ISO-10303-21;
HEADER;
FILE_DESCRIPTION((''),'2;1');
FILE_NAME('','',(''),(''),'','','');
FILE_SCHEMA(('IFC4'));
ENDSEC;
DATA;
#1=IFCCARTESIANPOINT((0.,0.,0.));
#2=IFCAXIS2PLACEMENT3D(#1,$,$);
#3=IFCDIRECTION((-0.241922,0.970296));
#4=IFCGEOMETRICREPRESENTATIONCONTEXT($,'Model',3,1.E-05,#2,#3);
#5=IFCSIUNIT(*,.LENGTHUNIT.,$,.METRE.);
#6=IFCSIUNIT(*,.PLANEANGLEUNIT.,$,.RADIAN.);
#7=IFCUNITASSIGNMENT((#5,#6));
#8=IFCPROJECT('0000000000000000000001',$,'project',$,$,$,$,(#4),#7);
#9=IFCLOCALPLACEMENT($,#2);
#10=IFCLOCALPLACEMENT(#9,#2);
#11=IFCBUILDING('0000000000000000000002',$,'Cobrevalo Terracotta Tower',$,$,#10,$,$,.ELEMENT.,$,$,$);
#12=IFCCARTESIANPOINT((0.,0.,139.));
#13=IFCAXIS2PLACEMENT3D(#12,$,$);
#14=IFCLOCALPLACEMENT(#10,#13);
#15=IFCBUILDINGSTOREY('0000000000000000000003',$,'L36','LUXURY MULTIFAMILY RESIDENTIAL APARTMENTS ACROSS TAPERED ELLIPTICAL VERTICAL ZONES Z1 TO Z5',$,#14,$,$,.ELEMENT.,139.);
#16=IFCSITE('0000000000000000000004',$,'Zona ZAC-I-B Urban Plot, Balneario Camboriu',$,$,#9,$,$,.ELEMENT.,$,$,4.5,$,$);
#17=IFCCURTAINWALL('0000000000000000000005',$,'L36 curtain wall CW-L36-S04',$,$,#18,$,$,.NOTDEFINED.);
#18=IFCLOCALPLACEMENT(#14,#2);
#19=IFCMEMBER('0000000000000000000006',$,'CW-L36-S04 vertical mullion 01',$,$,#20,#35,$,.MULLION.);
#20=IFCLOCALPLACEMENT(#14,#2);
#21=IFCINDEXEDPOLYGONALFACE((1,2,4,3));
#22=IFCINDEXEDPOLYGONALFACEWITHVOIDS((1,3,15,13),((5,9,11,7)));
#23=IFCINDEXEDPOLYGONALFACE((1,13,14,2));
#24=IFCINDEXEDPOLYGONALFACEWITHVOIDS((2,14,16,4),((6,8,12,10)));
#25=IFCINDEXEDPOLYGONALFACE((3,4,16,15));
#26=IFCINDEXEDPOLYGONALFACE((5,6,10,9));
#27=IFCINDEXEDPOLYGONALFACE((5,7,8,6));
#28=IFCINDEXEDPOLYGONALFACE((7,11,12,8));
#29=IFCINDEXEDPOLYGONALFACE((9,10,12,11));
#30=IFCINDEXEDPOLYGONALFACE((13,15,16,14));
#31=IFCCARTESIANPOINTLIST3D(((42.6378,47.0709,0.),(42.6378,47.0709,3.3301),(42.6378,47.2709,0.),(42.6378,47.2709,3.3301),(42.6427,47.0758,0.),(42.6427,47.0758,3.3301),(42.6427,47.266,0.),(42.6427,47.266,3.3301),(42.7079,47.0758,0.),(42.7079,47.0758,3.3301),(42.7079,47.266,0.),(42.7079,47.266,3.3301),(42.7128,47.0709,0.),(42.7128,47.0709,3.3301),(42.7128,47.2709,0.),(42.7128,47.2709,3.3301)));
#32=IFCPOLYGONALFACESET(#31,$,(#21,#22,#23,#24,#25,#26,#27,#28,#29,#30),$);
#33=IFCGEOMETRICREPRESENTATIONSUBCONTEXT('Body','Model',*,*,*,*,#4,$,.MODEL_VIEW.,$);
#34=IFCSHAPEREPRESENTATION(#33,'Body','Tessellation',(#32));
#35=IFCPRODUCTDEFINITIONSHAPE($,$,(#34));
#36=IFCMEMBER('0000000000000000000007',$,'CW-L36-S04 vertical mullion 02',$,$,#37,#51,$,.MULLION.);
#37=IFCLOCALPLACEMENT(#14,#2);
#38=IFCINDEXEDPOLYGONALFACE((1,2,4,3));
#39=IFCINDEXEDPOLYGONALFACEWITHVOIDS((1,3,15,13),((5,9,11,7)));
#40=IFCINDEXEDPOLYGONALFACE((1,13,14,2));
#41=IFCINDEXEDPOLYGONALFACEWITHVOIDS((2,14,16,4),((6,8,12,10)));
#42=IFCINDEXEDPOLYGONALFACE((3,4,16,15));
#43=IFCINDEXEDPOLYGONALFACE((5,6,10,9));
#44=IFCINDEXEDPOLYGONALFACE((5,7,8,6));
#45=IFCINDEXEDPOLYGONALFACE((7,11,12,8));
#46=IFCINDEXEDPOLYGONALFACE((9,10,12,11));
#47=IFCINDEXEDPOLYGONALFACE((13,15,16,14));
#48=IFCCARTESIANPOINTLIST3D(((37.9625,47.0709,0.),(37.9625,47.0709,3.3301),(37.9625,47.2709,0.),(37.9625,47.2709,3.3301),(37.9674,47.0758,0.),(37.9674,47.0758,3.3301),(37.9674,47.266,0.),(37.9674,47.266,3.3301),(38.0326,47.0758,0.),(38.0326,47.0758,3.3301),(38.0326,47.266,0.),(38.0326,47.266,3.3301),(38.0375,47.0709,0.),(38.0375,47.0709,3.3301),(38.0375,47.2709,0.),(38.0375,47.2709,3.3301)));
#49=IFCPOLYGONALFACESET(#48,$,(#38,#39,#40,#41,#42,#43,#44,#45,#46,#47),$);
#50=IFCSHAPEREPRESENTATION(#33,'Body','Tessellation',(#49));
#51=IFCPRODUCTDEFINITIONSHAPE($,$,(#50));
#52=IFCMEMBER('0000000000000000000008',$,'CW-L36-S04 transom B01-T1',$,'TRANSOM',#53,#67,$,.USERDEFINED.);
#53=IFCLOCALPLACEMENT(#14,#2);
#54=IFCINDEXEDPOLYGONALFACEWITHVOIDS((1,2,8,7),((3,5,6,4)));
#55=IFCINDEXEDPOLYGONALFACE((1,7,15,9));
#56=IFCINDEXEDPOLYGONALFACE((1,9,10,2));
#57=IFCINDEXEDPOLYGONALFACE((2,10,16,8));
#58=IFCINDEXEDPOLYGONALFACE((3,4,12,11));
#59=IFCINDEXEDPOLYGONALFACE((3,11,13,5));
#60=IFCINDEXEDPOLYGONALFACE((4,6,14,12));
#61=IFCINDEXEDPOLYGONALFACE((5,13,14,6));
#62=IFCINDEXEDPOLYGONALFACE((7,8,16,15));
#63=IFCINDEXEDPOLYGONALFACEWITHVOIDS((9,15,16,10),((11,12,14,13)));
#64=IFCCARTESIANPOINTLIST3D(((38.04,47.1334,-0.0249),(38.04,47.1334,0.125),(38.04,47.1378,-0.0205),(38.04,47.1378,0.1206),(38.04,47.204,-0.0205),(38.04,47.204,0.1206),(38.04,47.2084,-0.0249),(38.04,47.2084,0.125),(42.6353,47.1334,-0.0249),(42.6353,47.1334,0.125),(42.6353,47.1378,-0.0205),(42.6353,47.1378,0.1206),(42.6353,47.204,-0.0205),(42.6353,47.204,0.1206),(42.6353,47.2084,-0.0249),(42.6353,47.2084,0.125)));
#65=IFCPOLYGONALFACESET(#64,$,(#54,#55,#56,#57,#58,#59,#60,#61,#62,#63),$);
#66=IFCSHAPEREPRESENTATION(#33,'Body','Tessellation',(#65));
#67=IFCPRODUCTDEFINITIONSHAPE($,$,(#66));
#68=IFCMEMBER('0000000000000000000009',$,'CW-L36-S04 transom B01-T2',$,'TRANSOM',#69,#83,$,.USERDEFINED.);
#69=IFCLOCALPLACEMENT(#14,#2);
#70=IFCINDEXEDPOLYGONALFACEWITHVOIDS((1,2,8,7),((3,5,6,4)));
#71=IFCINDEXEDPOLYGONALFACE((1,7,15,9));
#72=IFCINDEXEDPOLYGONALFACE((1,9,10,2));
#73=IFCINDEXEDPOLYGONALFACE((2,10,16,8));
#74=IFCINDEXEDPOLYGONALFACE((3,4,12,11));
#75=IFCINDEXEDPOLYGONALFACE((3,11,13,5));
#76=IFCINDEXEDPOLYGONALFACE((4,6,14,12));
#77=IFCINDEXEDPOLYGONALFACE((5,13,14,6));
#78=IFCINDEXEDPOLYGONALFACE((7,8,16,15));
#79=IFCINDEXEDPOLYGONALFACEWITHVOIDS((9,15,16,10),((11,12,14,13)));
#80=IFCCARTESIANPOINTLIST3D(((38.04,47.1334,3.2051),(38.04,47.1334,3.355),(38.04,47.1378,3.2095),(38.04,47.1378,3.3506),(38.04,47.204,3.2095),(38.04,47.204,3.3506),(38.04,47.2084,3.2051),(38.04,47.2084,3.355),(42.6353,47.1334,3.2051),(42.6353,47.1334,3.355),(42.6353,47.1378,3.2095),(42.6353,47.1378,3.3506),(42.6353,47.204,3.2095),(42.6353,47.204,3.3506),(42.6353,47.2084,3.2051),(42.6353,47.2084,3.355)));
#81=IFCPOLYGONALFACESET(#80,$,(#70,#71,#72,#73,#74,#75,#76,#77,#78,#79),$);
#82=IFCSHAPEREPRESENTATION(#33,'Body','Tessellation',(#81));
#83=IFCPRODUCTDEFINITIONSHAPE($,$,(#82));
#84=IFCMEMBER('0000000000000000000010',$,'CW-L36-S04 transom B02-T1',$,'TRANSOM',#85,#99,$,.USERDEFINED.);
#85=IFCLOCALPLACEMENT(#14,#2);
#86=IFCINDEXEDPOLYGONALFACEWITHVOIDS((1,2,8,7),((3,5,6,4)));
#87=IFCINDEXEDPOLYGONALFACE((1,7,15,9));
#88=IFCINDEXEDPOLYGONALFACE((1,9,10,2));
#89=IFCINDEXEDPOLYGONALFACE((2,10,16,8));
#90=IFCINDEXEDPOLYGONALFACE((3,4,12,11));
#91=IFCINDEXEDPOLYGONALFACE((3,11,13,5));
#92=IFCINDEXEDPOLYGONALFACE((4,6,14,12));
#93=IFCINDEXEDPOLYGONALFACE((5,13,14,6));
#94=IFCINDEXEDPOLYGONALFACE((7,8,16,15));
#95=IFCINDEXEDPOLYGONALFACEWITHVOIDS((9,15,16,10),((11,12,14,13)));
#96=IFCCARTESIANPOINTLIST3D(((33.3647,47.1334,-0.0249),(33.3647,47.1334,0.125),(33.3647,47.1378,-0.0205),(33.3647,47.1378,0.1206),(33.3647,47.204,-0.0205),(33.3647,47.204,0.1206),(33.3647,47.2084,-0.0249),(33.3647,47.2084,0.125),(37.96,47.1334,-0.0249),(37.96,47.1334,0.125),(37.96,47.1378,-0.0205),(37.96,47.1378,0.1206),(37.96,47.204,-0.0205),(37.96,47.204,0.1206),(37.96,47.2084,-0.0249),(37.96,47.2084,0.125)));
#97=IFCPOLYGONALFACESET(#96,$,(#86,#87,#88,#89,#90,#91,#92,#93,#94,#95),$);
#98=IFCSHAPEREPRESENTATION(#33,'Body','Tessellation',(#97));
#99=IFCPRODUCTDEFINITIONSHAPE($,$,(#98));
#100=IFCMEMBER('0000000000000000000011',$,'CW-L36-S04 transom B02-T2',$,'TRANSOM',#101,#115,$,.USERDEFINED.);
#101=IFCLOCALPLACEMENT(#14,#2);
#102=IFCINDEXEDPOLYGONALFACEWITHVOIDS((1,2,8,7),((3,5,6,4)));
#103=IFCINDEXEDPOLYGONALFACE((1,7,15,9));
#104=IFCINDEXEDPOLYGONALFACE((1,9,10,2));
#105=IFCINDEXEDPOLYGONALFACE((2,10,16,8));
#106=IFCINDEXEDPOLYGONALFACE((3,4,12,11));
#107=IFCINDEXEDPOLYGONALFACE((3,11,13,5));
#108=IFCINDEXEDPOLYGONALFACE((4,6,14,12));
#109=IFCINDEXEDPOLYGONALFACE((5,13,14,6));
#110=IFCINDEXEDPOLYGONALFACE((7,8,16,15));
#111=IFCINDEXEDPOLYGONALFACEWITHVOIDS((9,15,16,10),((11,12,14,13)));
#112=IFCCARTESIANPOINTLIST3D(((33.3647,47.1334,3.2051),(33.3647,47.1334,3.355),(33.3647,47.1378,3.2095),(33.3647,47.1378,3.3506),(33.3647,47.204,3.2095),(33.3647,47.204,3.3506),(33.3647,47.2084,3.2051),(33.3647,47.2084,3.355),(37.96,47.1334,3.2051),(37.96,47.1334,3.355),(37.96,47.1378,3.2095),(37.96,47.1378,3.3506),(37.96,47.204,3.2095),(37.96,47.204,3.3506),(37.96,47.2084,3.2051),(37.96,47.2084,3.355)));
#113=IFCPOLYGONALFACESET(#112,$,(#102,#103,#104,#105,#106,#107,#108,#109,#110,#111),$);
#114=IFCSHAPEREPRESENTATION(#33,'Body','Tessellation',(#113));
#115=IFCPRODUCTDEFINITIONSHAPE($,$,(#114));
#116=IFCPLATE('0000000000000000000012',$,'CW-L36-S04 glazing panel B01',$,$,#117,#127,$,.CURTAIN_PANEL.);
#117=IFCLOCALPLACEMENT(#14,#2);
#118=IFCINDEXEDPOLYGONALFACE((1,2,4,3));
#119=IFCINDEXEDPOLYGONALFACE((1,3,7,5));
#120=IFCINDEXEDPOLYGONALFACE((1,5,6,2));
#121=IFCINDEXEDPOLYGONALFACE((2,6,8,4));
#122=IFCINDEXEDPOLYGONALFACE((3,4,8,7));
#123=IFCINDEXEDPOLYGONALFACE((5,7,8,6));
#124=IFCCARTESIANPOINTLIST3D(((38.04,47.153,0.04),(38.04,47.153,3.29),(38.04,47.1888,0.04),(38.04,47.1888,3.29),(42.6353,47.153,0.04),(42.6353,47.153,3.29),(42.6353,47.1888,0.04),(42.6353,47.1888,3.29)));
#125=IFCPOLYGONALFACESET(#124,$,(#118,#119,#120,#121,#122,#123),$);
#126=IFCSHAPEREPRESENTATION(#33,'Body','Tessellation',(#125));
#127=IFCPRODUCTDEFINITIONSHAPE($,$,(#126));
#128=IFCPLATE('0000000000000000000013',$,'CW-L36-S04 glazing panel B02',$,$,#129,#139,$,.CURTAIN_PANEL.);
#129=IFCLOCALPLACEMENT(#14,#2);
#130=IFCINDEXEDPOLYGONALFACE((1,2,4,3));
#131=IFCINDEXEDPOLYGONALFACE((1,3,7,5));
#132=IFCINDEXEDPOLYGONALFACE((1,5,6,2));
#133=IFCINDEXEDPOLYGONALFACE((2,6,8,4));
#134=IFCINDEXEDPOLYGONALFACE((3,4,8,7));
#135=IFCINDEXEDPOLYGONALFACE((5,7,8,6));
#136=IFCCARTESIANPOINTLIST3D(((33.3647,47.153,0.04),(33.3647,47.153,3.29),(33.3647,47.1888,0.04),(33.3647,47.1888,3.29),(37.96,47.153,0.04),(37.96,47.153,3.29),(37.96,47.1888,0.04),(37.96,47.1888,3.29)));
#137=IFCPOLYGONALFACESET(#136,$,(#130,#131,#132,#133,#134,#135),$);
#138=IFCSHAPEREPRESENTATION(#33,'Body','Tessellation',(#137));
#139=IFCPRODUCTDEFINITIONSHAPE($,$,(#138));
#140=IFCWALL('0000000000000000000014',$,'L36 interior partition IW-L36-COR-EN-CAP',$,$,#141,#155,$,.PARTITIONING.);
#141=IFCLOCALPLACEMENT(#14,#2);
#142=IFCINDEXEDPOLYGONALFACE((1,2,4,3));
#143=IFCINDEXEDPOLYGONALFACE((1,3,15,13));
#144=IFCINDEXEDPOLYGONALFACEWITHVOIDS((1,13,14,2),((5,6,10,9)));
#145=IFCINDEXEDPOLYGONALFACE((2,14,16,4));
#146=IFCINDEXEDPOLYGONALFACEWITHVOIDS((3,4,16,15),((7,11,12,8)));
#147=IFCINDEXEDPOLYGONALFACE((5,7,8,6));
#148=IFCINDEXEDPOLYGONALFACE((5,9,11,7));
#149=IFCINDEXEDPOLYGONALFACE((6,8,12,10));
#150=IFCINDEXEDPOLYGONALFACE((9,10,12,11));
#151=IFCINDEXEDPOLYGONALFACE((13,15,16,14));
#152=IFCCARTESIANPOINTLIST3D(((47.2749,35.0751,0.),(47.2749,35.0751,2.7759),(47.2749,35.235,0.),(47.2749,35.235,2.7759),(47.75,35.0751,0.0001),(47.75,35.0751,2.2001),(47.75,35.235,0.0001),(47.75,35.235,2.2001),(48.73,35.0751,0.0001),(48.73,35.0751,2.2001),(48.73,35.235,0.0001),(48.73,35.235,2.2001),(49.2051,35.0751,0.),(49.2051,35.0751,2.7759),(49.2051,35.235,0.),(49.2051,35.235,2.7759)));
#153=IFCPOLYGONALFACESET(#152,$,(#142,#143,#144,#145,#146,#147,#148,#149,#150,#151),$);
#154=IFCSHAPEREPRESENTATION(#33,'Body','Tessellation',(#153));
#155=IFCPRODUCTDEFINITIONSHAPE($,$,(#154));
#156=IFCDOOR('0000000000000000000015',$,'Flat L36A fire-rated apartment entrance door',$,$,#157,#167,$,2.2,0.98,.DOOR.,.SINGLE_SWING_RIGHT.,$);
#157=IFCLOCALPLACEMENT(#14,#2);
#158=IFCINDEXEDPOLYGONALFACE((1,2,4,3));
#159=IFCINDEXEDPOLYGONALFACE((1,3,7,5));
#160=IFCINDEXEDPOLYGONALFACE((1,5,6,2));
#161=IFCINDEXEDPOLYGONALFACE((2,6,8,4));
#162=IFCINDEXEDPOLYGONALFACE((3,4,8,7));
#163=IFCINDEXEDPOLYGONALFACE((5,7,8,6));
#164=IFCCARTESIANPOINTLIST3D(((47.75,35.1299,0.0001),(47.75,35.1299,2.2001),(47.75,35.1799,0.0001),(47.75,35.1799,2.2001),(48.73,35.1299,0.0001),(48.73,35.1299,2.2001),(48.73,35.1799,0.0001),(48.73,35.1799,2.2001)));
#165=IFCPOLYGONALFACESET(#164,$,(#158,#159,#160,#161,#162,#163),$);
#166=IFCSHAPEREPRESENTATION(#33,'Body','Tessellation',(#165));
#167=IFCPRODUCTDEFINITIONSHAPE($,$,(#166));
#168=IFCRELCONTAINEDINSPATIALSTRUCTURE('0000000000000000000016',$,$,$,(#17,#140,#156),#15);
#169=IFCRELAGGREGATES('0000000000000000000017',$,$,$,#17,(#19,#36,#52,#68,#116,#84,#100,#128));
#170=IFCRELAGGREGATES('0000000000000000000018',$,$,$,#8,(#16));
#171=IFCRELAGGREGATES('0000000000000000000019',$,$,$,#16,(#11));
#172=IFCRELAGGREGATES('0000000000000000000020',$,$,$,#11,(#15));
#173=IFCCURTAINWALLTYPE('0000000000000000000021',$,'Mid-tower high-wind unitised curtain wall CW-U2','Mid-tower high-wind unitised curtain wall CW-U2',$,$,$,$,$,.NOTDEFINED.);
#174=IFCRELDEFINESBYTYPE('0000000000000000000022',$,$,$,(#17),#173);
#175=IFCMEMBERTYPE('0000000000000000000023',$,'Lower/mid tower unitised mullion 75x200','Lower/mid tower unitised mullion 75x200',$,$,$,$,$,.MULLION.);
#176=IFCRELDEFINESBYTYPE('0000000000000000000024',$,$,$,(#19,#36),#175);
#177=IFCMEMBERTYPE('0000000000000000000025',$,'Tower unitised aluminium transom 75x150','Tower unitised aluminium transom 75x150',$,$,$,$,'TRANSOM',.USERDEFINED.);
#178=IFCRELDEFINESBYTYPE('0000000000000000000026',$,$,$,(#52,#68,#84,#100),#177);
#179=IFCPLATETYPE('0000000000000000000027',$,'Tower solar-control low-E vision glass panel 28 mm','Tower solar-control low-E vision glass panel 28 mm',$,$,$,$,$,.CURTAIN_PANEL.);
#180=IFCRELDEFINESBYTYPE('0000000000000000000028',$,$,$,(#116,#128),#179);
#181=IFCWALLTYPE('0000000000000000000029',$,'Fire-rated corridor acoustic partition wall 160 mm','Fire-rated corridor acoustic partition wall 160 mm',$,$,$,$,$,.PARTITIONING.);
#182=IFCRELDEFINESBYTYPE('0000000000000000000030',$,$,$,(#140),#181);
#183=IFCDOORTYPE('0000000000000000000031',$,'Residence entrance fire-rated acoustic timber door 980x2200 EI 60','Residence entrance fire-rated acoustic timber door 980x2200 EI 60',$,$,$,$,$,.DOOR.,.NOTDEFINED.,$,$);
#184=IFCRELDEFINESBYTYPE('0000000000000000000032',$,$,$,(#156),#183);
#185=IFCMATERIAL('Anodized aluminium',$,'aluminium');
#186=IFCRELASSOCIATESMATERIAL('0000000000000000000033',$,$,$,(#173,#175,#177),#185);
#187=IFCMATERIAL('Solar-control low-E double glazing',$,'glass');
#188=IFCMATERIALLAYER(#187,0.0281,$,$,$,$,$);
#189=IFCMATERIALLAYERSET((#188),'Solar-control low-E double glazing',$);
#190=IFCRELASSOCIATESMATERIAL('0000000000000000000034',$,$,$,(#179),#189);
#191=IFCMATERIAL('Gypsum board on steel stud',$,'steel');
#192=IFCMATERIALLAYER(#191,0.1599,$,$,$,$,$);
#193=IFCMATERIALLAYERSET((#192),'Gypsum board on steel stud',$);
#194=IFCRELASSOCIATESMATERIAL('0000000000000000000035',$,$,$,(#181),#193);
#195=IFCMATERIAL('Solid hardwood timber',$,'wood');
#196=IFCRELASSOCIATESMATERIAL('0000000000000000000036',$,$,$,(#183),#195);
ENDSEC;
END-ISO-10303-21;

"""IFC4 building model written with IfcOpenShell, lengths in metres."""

from ifc_helpers import new_model, si_unit, direction, frame, frame_2d, origin, origin_2d, place, context, subcontext, project, spatial, rectangle, hollow_rectangle, extrude, source, transform, mapped, material, layer, layer_set, material_profile, profile_set, type_object, element, fill, aggregate, save


model = new_model("IFC4")

# Units and contexts
model_context = context("Model", 3, precision=1e-05, world=origin(), true_north=direction((-0.241922, 0.970296)))
body_context = subcontext(model_context, "Body", "Model", "MODEL_VIEW")
ifc_project = project(units=[si_unit("LENGTHUNIT", "METRE"), si_unit("PLANEANGLEUNIT", "RADIAN")], contexts=[model_context])

# Site, building, storey
site_placement = place(None, origin())
site = spatial("IfcSite", under=ifc_project, at=site_placement, Name="Zona ZAC-I-B Urban Plot, Balneario Camboriu", CompositionType="ELEMENT", RefElevation=4.5)
building_placement = place(site_placement, origin())
building = spatial("IfcBuilding", under=site, at=building_placement, Name="Cobrevalo Terracotta Tower", CompositionType="ELEMENT")
storey_placement = place(building_placement, frame((0.0, 0.0, 139.0)))
storey = spatial("IfcBuildingStorey", under=building, at=storey_placement, Name="L36", Description="LUXURY MULTIFAMILY RESIDENTIAL APARTMENTS ACROSS TAPERED ELLIPTICAL VERTICAL ZONES Z1 TO Z5", CompositionType="ELEMENT", Elevation=139.0)

# Curtain wall, members, plates
ifc_material_1 = material(Name="Anodized aluminium", Category="aluminium")
curtain_wall_type = type_object("IfcCurtainWallType", Name="Mid-tower high-wind unitised curtain wall CW-U2", Description="Mid-tower high-wind unitised curtain wall CW-U2", PredefinedType="NOTDEFINED", material=ifc_material_1)
curtain_wall_placement = place(storey_placement, origin())
curtain_wall = element("IfcCurtainWall", 1, at=curtain_wall_placement, inside=storey, type_object=curtain_wall_type, Name="L36 curtain wall CW-L36-S04", PredefinedType="NOTDEFINED")
ifc_material_profile_1 = material_profile(ifc_material_1, hollow_rectangle(XDim=0.075, YDim=0.2, WallThickness=0.0049, at=origin_2d()), Name="CWM 75x200")
ifc_profile_set_1 = profile_set([ifc_material_profile_1], Name="Anodized aluminium")
member_type_1 = type_object("IfcMemberType", Name="Lower/mid tower unitised mullion 75x200", Description="Lower/mid tower unitised mullion 75x200", PredefinedType="MULLION", material=ifc_profile_set_1)
shared_shape_1 = source(origin(), body_context, "Body", "SweptSolid", [
    extrude(hollow_rectangle(XDim=0.075, YDim=0.2, WallThickness=0.0049, at=origin_2d()), origin(), (0.0, 0.0, 1.0), 3.3301),
])
member_1_placement = place(storey_placement, frame((42.6753, 47.1709, 0.0), z_axis=(0.0, 0.0, 1.0), x_axis=(-1.0, 0.0, 0.0)))
member_1 = element("IfcMember", 2, at=member_1_placement, type_object=member_type_1, Name="CW-L36-S04 vertical mullion 01", PredefinedType="MULLION", context=body_context, shape_type="MappedRepresentation", body=[
    mapped(shared_shape_1, transform((0.0, 0.0, 0.0), scale=1.0)),
])
member_2_placement = place(storey_placement, frame((38.0, 47.1709, 0.0), z_axis=(0.0, 0.0, 1.0), x_axis=(-1.0, 0.0, 0.0)))
member_2 = element("IfcMember", 3, at=member_2_placement, type_object=member_type_1, Name="CW-L36-S04 vertical mullion 02", PredefinedType="MULLION", context=body_context, shape_type="MappedRepresentation", body=[
    mapped(shared_shape_1, transform((0.0, 0.0, 0.0), scale=1.0)),
])
ifc_material_profile_2 = material_profile(ifc_material_1, hollow_rectangle(XDim=0.075, YDim=0.1499, WallThickness=0.0044, at=origin_2d()), Name="CWT 75x150")
ifc_profile_set_2 = profile_set([ifc_material_profile_2], Name="Anodized aluminium")
member_type_2 = type_object("IfcMemberType", Name="Tower unitised aluminium transom 75x150", Description="Tower unitised aluminium transom 75x150", ElementType="TRANSOM", PredefinedType="USERDEFINED", material=ifc_profile_set_2)
shared_shape_2 = source(origin(), body_context, "Body", "SweptSolid", [
    extrude(hollow_rectangle(XDim=0.075, YDim=0.1499, WallThickness=0.0044, at=origin_2d()), origin(), (0.0, 0.0, 1.0), 4.5952),
])
member_3_placement = place(storey_placement, frame((42.6353, 47.1709, 0.05), z_axis=(-1.0, 0.0, 0.0), x_axis=(0.0, -1.0, 0.0)))
member_3 = element("IfcMember", 4, at=member_3_placement, type_object=member_type_2, Name="CW-L36-S04 transom B01-T1", ObjectType="TRANSOM", PredefinedType="USERDEFINED", context=body_context, shape_type="MappedRepresentation", body=[
    mapped(shared_shape_2, transform((0.0, 0.0, 0.0), scale=1.0)),
])
member_4_placement = place(storey_placement, frame((42.6353, 47.1709, 3.28), z_axis=(-1.0, 0.0, 0.0), x_axis=(0.0, -1.0, 0.0)))
member_4 = element("IfcMember", 5, at=member_4_placement, type_object=member_type_2, Name="CW-L36-S04 transom B01-T2", ObjectType="TRANSOM", PredefinedType="USERDEFINED", context=body_context, shape_type="MappedRepresentation", body=[
    mapped(shared_shape_2, transform((0.0, 0.0, 0.0), scale=1.0)),
])
member_5_placement = place(storey_placement, frame((37.96, 47.1709, 0.05), z_axis=(-1.0, 0.0, 0.0), x_axis=(0.0, -1.0, 0.0)))
member_5 = element("IfcMember", 6, at=member_5_placement, type_object=member_type_2, Name="CW-L36-S04 transom B02-T1", ObjectType="TRANSOM", PredefinedType="USERDEFINED", context=body_context, shape_type="MappedRepresentation", body=[
    mapped(shared_shape_2, transform((0.0, 0.0, 0.0), scale=1.0)),
])
member_6_placement = place(storey_placement, frame((37.96, 47.1709, 3.28), z_axis=(-1.0, 0.0, 0.0), x_axis=(0.0, -1.0, 0.0)))
member_6 = element("IfcMember", 7, at=member_6_placement, type_object=member_type_2, Name="CW-L36-S04 transom B02-T2", ObjectType="TRANSOM", PredefinedType="USERDEFINED", context=body_context, shape_type="MappedRepresentation", body=[
    mapped(shared_shape_2, transform((0.0, 0.0, 0.0), scale=1.0)),
])
ifc_material_2 = material(Name="Solar-control low-E double glazing", Category="glass")
ifc_layer_1 = layer(ifc_material_2, 0.0281)
ifc_layer_set_1 = layer_set([ifc_layer_1], Name="Solar-control low-E double glazing")
plate_type = type_object("IfcPlateType", Name="Tower solar-control low-E vision glass panel 28 mm", Description="Tower solar-control low-E vision glass panel 28 mm", PredefinedType="CURTAIN_PANEL", material=ifc_layer_set_1)
shared_shape_3 = source(origin(), body_context, "Body", "SweptSolid", [
    extrude(rectangle(XDim=4.5952, YDim=0.0359, at=origin_2d()), origin(), (0.0, 0.0, 1.0), 3.25),
])
plate_1_placement = place(storey_placement, frame((40.3376, 47.1709, 0.04), z_axis=(0.0, 0.0, 1.0), x_axis=(-1.0, 0.0, 0.0)))
plate_1 = element("IfcPlate", 8, at=plate_1_placement, type_object=plate_type, Name="CW-L36-S04 glazing panel B01", PredefinedType="CURTAIN_PANEL", context=body_context, shape_type="MappedRepresentation", body=[
    mapped(shared_shape_3, transform((0.0, 0.0, 0.0), scale=1.0)),
])
plate_2_placement = place(storey_placement, frame((35.6624, 47.1709, 0.04), z_axis=(0.0, 0.0, 1.0), x_axis=(-1.0, 0.0, 0.0)))
plate_2 = element("IfcPlate", 9, at=plate_2_placement, type_object=plate_type, Name="CW-L36-S04 glazing panel B02", PredefinedType="CURTAIN_PANEL", context=body_context, shape_type="MappedRepresentation", body=[
    mapped(shared_shape_3, transform((0.0, 0.0, 0.0), scale=1.0)),
])
aggregate(curtain_wall, [member_1, member_2, member_3, member_4, plate_1, member_5, member_6, plate_2])

# Wall, opening, door
ifc_material_3 = material(Name="Gypsum board on steel stud", Category="steel")
ifc_layer_2 = layer(ifc_material_3, 0.1599)
ifc_layer_set_2 = layer_set([ifc_layer_2], Name="Gypsum board on steel stud")
wall_type_1 = type_object("IfcWallType", Name="Fire-rated corridor acoustic partition wall 160 mm", Description="Fire-rated corridor acoustic partition wall 160 mm", PredefinedType="PARTITIONING", material=ifc_layer_set_2)
wall_1_placement = place(storey_placement, frame((47.2749, 35.155, 0.0), z_axis=(0.0, 0.0, 1.0), x_axis=(1.0, 0.0, 0.0)))
wall_1 = element("IfcWall", 10, at=wall_1_placement, inside=storey, type_object=wall_type_1, Name="L36 interior partition IW-L36-COR-EN-CAP", PredefinedType="PARTITIONING", context=body_context, shape_type="SweptSolid", body=[
    extrude(rectangle(XDim=1.9302, YDim=0.1599, at=frame_2d((0.9651, 0.0))), origin(), (0.0, 0.0, 1.0), 2.7759),
])
opening_1_placement = place(wall_1_placement, frame((0.4751, 0.0, 0.0)))
opening_1 = element("IfcOpeningElement", 11, at=opening_1_placement, cuts=wall_1, PredefinedType="OPENING", context=body_context, shape_type="SweptSolid", body=[
    extrude(rectangle(XDim=0.98, YDim=2.2, at=frame_2d((0.49, 1.1001))), frame((0.0, 0.0898, 0.0), z_axis=(0.0, -1.0, 0.0), x_axis=(1.0, 0.0, 0.0)), (0.0, 0.0, 1.0), 0.1799),
])
ifc_material_4 = material(Name="Solid hardwood timber", Category="wood")
door_type_1 = type_object("IfcDoorType", Name="Residence entrance fire-rated acoustic timber door 980x2200 EI 60", Description="Residence entrance fire-rated acoustic timber door 980x2200 EI 60", OperationType="NOTDEFINED", PredefinedType="DOOR", material=ifc_material_4)
shared_shape_4 = source(origin(), body_context, "Body", "SweptSolid", [
    extrude(rectangle(XDim=0.98, YDim=2.2, at=frame_2d((0.49, 1.1001))), frame((0.0, 0.0249, 0.0), z_axis=(0.0, -1.0, 0.0), x_axis=(1.0, 0.0, 0.0)), (0.0, 0.0, 1.0), 0.05),
])
door_1_placement = place(opening_1_placement, origin())
door_1 = element("IfcDoor", 12, at=door_1_placement, inside=storey, type_object=door_type_1, Name="Flat L36A fire-rated apartment entrance door", OperationType="SINGLE_SWING_RIGHT", OverallHeight=2.2, OverallWidth=0.98, PredefinedType="DOOR", context=body_context, shape_type="MappedRepresentation", body=[
    mapped(shared_shape_4, transform((0.0, 0.0, 0.0), scale=1.0)),
])
fill(opening_1, door_1)

save(model, "model.ifc")
